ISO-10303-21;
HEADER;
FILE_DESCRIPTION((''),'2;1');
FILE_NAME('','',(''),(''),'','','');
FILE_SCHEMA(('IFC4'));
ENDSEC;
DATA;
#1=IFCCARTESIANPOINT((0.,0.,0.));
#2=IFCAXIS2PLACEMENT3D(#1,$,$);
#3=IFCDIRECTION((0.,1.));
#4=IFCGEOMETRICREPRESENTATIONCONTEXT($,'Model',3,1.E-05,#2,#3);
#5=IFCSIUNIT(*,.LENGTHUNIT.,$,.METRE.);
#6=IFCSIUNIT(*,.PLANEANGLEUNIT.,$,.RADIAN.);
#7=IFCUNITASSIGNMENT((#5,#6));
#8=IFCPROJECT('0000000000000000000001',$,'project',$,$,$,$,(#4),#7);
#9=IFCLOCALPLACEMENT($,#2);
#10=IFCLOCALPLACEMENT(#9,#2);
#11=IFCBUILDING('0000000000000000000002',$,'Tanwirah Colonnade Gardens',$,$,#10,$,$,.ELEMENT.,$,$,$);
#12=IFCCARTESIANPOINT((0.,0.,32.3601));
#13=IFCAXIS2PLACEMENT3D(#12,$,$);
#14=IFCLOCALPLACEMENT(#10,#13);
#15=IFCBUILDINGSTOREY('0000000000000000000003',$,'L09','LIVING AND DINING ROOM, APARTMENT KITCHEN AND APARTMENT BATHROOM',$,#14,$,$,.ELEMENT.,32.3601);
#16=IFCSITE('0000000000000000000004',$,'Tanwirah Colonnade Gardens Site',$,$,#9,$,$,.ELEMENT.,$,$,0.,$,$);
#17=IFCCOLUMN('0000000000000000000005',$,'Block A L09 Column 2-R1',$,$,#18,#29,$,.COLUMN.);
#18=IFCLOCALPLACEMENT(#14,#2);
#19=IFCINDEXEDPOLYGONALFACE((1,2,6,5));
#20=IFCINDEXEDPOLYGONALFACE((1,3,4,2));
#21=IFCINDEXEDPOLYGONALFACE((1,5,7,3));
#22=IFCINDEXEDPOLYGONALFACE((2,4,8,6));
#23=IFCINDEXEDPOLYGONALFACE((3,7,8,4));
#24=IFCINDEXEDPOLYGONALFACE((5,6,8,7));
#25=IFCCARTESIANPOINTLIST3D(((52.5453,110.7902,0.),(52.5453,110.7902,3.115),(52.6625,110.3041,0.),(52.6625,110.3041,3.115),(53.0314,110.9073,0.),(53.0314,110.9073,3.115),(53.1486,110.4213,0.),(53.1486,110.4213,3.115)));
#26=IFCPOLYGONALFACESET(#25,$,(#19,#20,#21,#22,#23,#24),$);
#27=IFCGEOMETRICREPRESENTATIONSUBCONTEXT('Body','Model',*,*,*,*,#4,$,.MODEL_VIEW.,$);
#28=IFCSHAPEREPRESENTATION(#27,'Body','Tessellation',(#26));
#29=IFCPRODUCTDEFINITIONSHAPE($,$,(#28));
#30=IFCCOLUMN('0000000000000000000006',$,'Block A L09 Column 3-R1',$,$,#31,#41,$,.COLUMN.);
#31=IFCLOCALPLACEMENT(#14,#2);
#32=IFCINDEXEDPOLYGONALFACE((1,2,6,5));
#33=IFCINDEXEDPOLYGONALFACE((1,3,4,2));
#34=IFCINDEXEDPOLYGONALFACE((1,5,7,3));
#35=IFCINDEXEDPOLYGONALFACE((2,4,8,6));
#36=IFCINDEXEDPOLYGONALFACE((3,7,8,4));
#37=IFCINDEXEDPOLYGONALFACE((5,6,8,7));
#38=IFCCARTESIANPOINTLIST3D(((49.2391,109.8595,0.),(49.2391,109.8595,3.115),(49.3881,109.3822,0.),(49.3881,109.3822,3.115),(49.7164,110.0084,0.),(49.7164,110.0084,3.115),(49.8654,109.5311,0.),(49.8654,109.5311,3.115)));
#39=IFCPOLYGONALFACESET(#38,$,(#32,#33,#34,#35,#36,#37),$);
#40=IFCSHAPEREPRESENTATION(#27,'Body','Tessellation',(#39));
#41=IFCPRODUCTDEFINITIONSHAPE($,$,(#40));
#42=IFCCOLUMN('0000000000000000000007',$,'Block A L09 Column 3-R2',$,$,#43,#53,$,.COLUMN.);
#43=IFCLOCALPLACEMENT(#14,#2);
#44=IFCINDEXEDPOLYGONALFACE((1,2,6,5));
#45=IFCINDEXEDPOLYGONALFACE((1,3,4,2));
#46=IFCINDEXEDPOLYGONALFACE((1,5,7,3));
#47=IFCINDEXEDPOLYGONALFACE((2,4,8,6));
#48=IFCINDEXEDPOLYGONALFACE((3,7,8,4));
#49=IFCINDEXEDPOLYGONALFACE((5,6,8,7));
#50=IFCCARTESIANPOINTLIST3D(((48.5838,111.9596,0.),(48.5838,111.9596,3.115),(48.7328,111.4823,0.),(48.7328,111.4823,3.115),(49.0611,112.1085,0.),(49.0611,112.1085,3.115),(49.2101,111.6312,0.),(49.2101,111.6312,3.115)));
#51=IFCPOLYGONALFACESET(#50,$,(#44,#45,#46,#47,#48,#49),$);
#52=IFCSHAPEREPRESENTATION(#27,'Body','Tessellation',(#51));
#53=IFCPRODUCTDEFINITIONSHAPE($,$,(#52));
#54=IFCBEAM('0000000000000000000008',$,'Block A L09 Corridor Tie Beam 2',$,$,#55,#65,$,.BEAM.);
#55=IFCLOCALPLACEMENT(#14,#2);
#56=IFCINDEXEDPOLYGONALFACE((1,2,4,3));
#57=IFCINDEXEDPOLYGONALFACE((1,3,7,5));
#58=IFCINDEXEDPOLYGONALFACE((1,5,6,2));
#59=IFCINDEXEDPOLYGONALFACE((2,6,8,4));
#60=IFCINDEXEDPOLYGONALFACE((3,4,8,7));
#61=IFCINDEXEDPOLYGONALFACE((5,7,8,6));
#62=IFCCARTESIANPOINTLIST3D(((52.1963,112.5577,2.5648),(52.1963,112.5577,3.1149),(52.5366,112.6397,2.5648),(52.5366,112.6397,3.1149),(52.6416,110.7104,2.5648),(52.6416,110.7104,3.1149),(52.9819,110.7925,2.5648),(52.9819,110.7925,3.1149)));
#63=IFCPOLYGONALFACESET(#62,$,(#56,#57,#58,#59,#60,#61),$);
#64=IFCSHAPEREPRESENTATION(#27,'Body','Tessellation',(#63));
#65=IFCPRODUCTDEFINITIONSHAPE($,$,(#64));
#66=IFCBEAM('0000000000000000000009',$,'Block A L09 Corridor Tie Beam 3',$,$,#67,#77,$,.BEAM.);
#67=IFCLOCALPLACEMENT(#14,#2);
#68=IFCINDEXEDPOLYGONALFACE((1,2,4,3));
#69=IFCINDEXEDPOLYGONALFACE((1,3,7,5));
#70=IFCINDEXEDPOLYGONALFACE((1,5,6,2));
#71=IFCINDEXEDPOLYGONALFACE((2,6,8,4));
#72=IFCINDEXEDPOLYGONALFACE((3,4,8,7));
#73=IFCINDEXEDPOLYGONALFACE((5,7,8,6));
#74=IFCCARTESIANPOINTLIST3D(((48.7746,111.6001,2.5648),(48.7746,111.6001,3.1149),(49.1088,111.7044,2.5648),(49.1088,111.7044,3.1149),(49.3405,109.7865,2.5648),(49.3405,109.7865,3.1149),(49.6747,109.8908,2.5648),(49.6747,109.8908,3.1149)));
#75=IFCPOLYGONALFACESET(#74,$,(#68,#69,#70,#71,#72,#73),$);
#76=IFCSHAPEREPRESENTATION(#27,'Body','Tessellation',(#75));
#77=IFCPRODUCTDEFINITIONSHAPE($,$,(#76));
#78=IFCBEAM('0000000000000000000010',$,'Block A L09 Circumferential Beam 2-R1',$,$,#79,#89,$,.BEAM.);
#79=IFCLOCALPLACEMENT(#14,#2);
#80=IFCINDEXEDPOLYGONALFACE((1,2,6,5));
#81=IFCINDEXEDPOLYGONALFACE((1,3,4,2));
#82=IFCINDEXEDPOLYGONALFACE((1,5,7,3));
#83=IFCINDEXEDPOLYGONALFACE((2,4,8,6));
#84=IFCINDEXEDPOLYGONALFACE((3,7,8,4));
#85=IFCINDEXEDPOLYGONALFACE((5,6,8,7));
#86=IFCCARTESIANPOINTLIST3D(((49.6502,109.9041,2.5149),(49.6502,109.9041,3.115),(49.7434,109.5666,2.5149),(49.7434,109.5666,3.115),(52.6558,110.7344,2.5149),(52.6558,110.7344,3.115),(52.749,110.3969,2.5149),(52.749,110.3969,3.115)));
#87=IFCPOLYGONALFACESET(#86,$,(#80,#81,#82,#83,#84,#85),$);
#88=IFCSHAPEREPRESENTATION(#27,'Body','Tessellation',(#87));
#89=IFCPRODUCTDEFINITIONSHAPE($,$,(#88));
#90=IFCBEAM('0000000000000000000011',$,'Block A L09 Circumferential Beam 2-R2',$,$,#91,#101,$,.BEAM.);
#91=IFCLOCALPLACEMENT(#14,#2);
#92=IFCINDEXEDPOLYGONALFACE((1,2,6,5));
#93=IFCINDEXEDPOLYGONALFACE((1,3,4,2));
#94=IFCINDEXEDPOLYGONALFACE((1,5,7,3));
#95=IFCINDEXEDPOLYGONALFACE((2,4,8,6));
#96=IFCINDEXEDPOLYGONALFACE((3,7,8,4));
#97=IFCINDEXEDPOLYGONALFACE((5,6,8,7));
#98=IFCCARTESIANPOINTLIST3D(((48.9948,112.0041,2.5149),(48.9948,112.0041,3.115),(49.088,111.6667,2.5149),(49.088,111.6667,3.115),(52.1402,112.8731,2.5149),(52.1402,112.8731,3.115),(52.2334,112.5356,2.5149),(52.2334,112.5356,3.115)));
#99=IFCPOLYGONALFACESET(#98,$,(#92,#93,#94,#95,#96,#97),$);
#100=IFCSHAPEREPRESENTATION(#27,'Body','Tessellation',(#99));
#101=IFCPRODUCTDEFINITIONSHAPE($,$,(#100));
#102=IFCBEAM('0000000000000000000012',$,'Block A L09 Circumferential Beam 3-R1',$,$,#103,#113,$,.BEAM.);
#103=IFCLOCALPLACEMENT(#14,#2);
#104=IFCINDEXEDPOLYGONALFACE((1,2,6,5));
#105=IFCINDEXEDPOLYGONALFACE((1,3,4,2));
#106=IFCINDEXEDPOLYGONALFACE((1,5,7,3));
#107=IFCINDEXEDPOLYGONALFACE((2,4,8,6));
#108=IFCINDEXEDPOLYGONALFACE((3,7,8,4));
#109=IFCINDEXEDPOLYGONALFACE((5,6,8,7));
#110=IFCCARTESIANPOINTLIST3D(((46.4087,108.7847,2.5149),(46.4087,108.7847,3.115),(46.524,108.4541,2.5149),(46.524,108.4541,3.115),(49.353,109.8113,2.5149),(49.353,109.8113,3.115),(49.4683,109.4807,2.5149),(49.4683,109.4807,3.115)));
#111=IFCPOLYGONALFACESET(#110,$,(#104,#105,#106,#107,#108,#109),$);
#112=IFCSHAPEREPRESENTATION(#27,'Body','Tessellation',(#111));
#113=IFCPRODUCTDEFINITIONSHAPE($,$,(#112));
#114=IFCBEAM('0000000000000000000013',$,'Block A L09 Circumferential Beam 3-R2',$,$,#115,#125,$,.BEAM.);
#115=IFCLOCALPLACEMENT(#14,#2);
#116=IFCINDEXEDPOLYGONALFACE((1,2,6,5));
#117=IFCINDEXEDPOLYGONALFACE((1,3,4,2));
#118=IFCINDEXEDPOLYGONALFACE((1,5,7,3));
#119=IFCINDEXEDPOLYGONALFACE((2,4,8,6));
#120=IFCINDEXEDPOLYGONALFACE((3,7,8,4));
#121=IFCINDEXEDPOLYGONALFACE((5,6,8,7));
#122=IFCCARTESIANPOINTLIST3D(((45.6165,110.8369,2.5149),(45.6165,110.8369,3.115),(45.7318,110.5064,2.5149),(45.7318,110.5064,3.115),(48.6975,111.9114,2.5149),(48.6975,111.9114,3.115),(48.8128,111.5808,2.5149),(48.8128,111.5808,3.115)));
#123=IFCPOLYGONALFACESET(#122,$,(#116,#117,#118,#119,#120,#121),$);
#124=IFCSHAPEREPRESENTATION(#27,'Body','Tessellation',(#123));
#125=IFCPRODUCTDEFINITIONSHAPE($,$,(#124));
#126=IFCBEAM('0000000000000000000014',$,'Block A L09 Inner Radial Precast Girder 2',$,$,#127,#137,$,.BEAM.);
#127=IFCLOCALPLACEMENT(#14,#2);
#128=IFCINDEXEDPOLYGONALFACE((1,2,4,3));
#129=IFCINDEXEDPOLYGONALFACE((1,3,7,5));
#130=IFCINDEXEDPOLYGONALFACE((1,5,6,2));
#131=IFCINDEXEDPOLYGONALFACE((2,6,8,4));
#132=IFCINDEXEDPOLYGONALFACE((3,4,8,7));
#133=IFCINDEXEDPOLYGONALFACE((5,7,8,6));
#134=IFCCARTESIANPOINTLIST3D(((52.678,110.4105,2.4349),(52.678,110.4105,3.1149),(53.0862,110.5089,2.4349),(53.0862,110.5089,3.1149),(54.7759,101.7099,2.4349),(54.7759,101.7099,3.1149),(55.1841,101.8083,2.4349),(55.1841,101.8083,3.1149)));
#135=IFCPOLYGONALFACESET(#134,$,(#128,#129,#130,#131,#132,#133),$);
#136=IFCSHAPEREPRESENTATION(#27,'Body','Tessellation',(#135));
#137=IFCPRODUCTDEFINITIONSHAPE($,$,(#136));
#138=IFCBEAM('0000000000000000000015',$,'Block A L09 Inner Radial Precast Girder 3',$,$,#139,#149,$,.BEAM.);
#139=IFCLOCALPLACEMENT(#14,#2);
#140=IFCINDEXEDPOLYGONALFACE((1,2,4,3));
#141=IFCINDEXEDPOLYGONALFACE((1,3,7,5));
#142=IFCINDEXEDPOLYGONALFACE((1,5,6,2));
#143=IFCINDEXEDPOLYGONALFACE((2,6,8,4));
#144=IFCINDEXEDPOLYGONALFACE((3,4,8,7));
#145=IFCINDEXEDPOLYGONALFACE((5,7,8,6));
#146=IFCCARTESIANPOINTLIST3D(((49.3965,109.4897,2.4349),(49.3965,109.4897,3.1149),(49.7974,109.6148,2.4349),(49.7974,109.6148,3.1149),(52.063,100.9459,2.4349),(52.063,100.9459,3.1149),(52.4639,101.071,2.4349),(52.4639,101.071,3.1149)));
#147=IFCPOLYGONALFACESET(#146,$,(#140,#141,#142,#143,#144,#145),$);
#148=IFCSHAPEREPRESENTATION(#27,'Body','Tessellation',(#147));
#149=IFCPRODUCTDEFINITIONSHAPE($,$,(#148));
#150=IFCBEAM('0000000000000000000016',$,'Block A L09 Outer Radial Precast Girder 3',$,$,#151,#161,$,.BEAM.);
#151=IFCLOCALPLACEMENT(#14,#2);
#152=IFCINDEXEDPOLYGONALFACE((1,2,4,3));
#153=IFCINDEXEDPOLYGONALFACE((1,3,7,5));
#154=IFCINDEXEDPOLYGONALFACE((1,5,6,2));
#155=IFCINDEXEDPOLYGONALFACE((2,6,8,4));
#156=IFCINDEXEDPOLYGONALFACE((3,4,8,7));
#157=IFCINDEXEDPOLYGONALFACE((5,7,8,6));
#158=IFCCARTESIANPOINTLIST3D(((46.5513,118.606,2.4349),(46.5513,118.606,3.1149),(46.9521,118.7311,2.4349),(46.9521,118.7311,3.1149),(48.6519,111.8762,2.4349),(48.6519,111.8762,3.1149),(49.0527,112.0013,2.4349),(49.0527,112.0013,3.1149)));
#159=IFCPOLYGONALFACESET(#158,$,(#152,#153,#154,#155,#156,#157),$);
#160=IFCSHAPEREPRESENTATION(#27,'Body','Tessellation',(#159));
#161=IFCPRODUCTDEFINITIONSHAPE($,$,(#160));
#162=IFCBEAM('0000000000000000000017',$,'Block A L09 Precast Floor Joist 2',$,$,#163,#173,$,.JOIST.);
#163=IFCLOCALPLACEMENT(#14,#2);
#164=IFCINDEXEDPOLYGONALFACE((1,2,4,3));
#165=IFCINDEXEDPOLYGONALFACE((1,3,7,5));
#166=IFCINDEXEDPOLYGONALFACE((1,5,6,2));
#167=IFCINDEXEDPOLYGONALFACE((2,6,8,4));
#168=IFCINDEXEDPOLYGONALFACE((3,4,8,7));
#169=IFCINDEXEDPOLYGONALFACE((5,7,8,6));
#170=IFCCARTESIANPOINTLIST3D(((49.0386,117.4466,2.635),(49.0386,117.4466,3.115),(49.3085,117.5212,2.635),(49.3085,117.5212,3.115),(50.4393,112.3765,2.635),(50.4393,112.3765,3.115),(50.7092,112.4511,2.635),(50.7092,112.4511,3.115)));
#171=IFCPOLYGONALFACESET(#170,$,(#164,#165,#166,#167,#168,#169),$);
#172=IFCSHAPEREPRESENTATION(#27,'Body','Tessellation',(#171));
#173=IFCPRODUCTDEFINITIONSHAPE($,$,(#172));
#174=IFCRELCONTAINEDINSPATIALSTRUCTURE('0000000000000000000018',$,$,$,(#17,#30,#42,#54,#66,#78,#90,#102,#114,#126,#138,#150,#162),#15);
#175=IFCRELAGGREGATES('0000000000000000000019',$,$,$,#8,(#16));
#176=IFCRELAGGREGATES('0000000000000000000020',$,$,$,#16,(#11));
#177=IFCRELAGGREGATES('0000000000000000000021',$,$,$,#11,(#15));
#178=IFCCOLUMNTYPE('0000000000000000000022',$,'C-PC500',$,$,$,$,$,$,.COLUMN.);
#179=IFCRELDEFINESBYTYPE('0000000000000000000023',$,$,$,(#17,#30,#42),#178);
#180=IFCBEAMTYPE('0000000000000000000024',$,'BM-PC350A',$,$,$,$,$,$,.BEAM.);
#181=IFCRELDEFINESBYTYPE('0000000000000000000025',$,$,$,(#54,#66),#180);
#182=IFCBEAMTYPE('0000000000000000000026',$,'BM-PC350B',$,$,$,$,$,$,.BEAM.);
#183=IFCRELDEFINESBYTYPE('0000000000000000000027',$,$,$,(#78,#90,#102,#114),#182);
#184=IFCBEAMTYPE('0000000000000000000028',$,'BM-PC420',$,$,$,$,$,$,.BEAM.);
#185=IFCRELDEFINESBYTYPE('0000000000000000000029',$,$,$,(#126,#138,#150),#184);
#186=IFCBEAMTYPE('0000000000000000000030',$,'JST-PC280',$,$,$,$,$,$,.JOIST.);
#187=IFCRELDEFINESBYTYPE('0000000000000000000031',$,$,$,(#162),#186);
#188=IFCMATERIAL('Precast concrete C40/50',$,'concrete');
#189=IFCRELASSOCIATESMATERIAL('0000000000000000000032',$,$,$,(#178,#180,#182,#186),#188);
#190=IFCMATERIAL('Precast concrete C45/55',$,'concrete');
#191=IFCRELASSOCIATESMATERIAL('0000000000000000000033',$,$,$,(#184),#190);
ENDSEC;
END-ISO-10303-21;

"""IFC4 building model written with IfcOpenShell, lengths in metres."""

from ifc_helpers import new_model, si_unit, direction, frame, origin, origin_2d, place, context, subcontext, project, spatial, rectangle, extrude, material, material_profile, profile_set, type_object, element, save


model = new_model("IFC4")

# Units and contexts
model_context = context("Model", 3, precision=1e-05, world=origin(), true_north=direction((0.0, 1.0)))
body_context = subcontext(model_context, "Body", "Model", "MODEL_VIEW")
ifc_project = project(units=[si_unit("LENGTHUNIT", "METRE"), si_unit("PLANEANGLEUNIT", "RADIAN")], contexts=[model_context])

# Site, building, storey
site_placement = place(None, origin())
site = spatial("IfcSite", under=ifc_project, at=site_placement, Name="Tanwirah Colonnade Gardens Site", CompositionType="ELEMENT", RefElevation=0.0)
building_placement = place(site_placement, origin())
building = spatial("IfcBuilding", under=site, at=building_placement, Name="Tanwirah Colonnade Gardens", CompositionType="ELEMENT")
storey_placement = place(building_placement, frame((0.0, 0.0, 32.3601)))
storey = spatial("IfcBuildingStorey", under=building, at=storey_placement, Name="L09", Description="LIVING AND DINING ROOM, APARTMENT KITCHEN AND APARTMENT BATHROOM", CompositionType="ELEMENT", Elevation=32.3601)

# Columns
ifc_material_1 = material(Name="Precast concrete C40/50", Category="concrete")
ifc_material_profile_1 = material_profile(ifc_material_1, rectangle(XDim=0.5, YDim=0.5, at=origin_2d()), Name="PC-COL 500x500")
ifc_profile_set_1 = profile_set([ifc_material_profile_1], Name="Precast concrete C40/50")
column_type = type_object("IfcColumnType", Name="C-PC500", PredefinedType="COLUMN", material=ifc_profile_set_1)
for number, where, z_axis, x_axis, name in (
    (1, (52.8469, 110.6057, 0.0), (0.0, 0.0, 1.0), (-0.234388, 0.972143, 0.0), "Block A L09 Column 2-R1"),
    (2, (49.5522, 109.6953, 0.0), (0.0, 0.0, 1.0), (-0.29793, 0.954588, 0.0), "Block A L09 Column 3-R1"),
    (3, (48.897, 111.7954, 0.0), (0.0, 0.0, 1.0), (-0.29793, 0.954588, 0.0), "Block A L09 Column 3-R2"),
):
    element("IfcColumn", number, at=place(storey_placement, frame(where, z_axis=z_axis, x_axis=x_axis)), inside=storey, type_object=column_type, Name=name, PredefinedType="COLUMN", context=body_context, shape_type="SweptSolid", body=[
        extrude(rectangle(XDim=0.5, YDim=0.5, at=origin_2d()), origin(), (0.0, 0.0, 1.0), 3.115),
    ])

# Beams
ifc_material_profile_2 = material_profile(ifc_material_1, rectangle(XDim=0.3501, YDim=0.55, at=origin_2d()), Name="PC-BM 350x550")
ifc_profile_set_2 = profile_set([ifc_material_profile_2], Name="Precast concrete C40/50")
beam_type_1 = type_object("IfcBeamType", Name="BM-PC350A", PredefinedType="BEAM", material=ifc_profile_set_2)
beam_1_placement = place(storey_placement, frame((52.8118, 110.7515, 2.8398), z_axis=(-0.234364, 0.972149, 0.0), x_axis=(-0.972149, -0.234364, 0.0)))
element("IfcBeam", 4, at=beam_1_placement, inside=storey, type_object=beam_type_1, Name="Block A L09 Corridor Tie Beam 2", PredefinedType="BEAM", context=body_context, shape_type="SweptSolid", body=[
    extrude(rectangle(XDim=0.3501, YDim=0.55, at=origin_2d()), origin(), (0.0, 0.0, 1.0), 1.9001),
])
beam_2_placement = place(storey_placement, frame((49.5076, 109.8386, 2.8398), z_axis=(-0.297858, 0.95461, 0.0), x_axis=(-0.95461, -0.297858, 0.0)))
element("IfcBeam", 5, at=beam_2_placement, inside=storey, type_object=beam_type_1, Name="Block A L09 Corridor Tie Beam 3", PredefinedType="BEAM", context=body_context, shape_type="SweptSolid", body=[
    extrude(rectangle(XDim=0.3501, YDim=0.55, at=origin_2d()), origin(), (0.0, 0.0, 1.0), 1.8999),
])
ifc_material_profile_3 = material_profile(ifc_material_1, rectangle(XDim=0.3501, YDim=0.6001, at=origin_2d()), Name="PC-BM 350x600")
ifc_profile_set_3 = profile_set([ifc_material_profile_3], Name="Precast concrete C40/50")
beam_type_2 = type_object("IfcBeamType", Name="BM-PC350B", PredefinedType="BEAM", material=ifc_profile_set_3)
beam_3_placement = place(storey_placement, frame((52.7024, 110.5657, 2.8149), z_axis=(-0.963895, -0.266283, 0.0), x_axis=(0.266283, -0.963895, 0.0)))
element("IfcBeam", 6, at=beam_3_placement, inside=storey, type_object=beam_type_2, Name="Block A L09 Circumferential Beam 2-R1", PredefinedType="BEAM", context=body_context, shape_type="SweptSolid", body=[
    extrude(rectangle(XDim=0.3501, YDim=0.6001, at=origin_2d()), origin(), (0.0, 0.0, 1.0), 3.1182),
])
beam_4_placement = place(storey_placement, frame((52.1868, 112.7043, 2.8149), z_axis=(-0.963895, -0.266281, 0.0), x_axis=(0.266281, -0.963895, 0.0)))
element("IfcBeam", 7, at=beam_4_placement, inside=storey, type_object=beam_type_2, Name="Block A L09 Circumferential Beam 2-R2", PredefinedType="BEAM", context=body_context, shape_type="SweptSolid", body=[
    extrude(rectangle(XDim=0.3501, YDim=0.6001, at=origin_2d()), origin(), (0.0, 0.0, 1.0), 3.2632),
])
beam_5_placement = place(storey_placement, frame((49.4106, 109.646, 2.8149), z_axis=(-0.944248, -0.329234, 0.0), x_axis=(0.329234, -0.944248, 0.0)))
element("IfcBeam", 8, at=beam_5_placement, inside=storey, type_object=beam_type_2, Name="Block A L09 Circumferential Beam 3-R1", PredefinedType="BEAM", context=body_context, shape_type="SweptSolid", body=[
    extrude(rectangle(XDim=0.3501, YDim=0.6001, at=origin_2d()), origin(), (0.0, 0.0, 1.0), 3.1182),
])
beam_6_placement = place(storey_placement, frame((48.7551, 111.7461, 2.8149), z_axis=(-0.944231, -0.329284, 0.0), x_axis=(0.329284, -0.944231, 0.0)))
element("IfcBeam", 9, at=beam_6_placement, inside=storey, type_object=beam_type_2, Name="Block A L09 Circumferential Beam 3-R2", PredefinedType="BEAM", context=body_context, shape_type="SweptSolid", body=[
    extrude(rectangle(XDim=0.3501, YDim=0.6001, at=origin_2d()), origin(), (0.0, 0.0, 1.0), 3.2629),
])
ifc_material_2 = material(Name="Precast concrete C45/55", Category="concrete")
ifc_material_profile_4 = material_profile(ifc_material_2, rectangle(XDim=0.4199, YDim=0.6799, at=origin_2d()), Name="PC-BM 420x680")
ifc_profile_set_4 = profile_set([ifc_material_profile_4], Name="Precast concrete C45/55")
beam_type_3 = type_object("IfcBeamType", Name="BM-PC420", PredefinedType="BEAM", material=ifc_profile_set_4)
beam_7_placement = place(storey_placement, frame((52.8821, 110.4597, 2.7749), z_axis=(0.234401, -0.97214, 0.0), x_axis=(0.97214, 0.234401, 0.0)))
element("IfcBeam", 10, at=beam_7_placement, inside=storey, type_object=beam_type_3, Name="Block A L09 Inner Radial Precast Girder 2", PredefinedType="BEAM", context=body_context, shape_type="SweptSolid", body=[
    extrude(rectangle(XDim=0.4199, YDim=0.6799, at=origin_2d()), origin(), (0.0, 0.0, 1.0), 8.95),
])
beam_8_placement = place(storey_placement, frame((49.5969, 109.5522, 2.7749), z_axis=(0.297929, -0.954588, 0.0), x_axis=(0.954588, 0.297929, 0.0)))
element("IfcBeam", 11, at=beam_8_placement, inside=storey, type_object=beam_type_3, Name="Block A L09 Inner Radial Precast Girder 3", PredefinedType="BEAM", context=body_context, shape_type="SweptSolid", body=[
    extrude(rectangle(XDim=0.4199, YDim=0.6799, at=origin_2d()), origin(), (0.0, 0.0, 1.0), 8.9502),
])
beam_9_placement = place(storey_placement, frame((48.8523, 111.9387, 2.7749), z_axis=(-0.297958, 0.954579, 0.0), x_axis=(-0.954579, -0.297958, 0.0)))
element("IfcBeam", 12, at=beam_9_placement, inside=storey, type_object=beam_type_3, Name="Block A L09 Outer Radial Precast Girder 3", PredefinedType="BEAM", context=body_context, shape_type="SweptSolid", body=[
    extrude(rectangle(XDim=0.4199, YDim=0.6799, at=origin_2d()), origin(), (0.0, 0.0, 1.0), 7.05),
])
ifc_material_profile_5 = material_profile(ifc_material_1, rectangle(XDim=0.28, YDim=0.48, at=origin_2d()), Name="PC-JST 280x480")
ifc_profile_set_5 = profile_set([ifc_material_profile_5], Name="Precast concrete C40/50")
beam_type_4 = type_object("IfcBeamType", Name="JST-PC280", PredefinedType="JOIST", material=ifc_profile_set_5)
beam_10_placement = place(storey_placement, frame((50.5742, 112.4138, 2.875), z_axis=(-0.266281, 0.963895, 0.0), x_axis=(-0.963895, -0.266281, 0.0)))
element("IfcBeam", 13, at=beam_10_placement, inside=storey, type_object=beam_type_4, Name="Block A L09 Precast Floor Joist 2", PredefinedType="JOIST", context=body_context, shape_type="SweptSolid", body=[
    extrude(rectangle(XDim=0.28, YDim=0.48, at=origin_2d()), origin(), (0.0, 0.0, 1.0), 5.26),
])

save(model, "model.ifc")
